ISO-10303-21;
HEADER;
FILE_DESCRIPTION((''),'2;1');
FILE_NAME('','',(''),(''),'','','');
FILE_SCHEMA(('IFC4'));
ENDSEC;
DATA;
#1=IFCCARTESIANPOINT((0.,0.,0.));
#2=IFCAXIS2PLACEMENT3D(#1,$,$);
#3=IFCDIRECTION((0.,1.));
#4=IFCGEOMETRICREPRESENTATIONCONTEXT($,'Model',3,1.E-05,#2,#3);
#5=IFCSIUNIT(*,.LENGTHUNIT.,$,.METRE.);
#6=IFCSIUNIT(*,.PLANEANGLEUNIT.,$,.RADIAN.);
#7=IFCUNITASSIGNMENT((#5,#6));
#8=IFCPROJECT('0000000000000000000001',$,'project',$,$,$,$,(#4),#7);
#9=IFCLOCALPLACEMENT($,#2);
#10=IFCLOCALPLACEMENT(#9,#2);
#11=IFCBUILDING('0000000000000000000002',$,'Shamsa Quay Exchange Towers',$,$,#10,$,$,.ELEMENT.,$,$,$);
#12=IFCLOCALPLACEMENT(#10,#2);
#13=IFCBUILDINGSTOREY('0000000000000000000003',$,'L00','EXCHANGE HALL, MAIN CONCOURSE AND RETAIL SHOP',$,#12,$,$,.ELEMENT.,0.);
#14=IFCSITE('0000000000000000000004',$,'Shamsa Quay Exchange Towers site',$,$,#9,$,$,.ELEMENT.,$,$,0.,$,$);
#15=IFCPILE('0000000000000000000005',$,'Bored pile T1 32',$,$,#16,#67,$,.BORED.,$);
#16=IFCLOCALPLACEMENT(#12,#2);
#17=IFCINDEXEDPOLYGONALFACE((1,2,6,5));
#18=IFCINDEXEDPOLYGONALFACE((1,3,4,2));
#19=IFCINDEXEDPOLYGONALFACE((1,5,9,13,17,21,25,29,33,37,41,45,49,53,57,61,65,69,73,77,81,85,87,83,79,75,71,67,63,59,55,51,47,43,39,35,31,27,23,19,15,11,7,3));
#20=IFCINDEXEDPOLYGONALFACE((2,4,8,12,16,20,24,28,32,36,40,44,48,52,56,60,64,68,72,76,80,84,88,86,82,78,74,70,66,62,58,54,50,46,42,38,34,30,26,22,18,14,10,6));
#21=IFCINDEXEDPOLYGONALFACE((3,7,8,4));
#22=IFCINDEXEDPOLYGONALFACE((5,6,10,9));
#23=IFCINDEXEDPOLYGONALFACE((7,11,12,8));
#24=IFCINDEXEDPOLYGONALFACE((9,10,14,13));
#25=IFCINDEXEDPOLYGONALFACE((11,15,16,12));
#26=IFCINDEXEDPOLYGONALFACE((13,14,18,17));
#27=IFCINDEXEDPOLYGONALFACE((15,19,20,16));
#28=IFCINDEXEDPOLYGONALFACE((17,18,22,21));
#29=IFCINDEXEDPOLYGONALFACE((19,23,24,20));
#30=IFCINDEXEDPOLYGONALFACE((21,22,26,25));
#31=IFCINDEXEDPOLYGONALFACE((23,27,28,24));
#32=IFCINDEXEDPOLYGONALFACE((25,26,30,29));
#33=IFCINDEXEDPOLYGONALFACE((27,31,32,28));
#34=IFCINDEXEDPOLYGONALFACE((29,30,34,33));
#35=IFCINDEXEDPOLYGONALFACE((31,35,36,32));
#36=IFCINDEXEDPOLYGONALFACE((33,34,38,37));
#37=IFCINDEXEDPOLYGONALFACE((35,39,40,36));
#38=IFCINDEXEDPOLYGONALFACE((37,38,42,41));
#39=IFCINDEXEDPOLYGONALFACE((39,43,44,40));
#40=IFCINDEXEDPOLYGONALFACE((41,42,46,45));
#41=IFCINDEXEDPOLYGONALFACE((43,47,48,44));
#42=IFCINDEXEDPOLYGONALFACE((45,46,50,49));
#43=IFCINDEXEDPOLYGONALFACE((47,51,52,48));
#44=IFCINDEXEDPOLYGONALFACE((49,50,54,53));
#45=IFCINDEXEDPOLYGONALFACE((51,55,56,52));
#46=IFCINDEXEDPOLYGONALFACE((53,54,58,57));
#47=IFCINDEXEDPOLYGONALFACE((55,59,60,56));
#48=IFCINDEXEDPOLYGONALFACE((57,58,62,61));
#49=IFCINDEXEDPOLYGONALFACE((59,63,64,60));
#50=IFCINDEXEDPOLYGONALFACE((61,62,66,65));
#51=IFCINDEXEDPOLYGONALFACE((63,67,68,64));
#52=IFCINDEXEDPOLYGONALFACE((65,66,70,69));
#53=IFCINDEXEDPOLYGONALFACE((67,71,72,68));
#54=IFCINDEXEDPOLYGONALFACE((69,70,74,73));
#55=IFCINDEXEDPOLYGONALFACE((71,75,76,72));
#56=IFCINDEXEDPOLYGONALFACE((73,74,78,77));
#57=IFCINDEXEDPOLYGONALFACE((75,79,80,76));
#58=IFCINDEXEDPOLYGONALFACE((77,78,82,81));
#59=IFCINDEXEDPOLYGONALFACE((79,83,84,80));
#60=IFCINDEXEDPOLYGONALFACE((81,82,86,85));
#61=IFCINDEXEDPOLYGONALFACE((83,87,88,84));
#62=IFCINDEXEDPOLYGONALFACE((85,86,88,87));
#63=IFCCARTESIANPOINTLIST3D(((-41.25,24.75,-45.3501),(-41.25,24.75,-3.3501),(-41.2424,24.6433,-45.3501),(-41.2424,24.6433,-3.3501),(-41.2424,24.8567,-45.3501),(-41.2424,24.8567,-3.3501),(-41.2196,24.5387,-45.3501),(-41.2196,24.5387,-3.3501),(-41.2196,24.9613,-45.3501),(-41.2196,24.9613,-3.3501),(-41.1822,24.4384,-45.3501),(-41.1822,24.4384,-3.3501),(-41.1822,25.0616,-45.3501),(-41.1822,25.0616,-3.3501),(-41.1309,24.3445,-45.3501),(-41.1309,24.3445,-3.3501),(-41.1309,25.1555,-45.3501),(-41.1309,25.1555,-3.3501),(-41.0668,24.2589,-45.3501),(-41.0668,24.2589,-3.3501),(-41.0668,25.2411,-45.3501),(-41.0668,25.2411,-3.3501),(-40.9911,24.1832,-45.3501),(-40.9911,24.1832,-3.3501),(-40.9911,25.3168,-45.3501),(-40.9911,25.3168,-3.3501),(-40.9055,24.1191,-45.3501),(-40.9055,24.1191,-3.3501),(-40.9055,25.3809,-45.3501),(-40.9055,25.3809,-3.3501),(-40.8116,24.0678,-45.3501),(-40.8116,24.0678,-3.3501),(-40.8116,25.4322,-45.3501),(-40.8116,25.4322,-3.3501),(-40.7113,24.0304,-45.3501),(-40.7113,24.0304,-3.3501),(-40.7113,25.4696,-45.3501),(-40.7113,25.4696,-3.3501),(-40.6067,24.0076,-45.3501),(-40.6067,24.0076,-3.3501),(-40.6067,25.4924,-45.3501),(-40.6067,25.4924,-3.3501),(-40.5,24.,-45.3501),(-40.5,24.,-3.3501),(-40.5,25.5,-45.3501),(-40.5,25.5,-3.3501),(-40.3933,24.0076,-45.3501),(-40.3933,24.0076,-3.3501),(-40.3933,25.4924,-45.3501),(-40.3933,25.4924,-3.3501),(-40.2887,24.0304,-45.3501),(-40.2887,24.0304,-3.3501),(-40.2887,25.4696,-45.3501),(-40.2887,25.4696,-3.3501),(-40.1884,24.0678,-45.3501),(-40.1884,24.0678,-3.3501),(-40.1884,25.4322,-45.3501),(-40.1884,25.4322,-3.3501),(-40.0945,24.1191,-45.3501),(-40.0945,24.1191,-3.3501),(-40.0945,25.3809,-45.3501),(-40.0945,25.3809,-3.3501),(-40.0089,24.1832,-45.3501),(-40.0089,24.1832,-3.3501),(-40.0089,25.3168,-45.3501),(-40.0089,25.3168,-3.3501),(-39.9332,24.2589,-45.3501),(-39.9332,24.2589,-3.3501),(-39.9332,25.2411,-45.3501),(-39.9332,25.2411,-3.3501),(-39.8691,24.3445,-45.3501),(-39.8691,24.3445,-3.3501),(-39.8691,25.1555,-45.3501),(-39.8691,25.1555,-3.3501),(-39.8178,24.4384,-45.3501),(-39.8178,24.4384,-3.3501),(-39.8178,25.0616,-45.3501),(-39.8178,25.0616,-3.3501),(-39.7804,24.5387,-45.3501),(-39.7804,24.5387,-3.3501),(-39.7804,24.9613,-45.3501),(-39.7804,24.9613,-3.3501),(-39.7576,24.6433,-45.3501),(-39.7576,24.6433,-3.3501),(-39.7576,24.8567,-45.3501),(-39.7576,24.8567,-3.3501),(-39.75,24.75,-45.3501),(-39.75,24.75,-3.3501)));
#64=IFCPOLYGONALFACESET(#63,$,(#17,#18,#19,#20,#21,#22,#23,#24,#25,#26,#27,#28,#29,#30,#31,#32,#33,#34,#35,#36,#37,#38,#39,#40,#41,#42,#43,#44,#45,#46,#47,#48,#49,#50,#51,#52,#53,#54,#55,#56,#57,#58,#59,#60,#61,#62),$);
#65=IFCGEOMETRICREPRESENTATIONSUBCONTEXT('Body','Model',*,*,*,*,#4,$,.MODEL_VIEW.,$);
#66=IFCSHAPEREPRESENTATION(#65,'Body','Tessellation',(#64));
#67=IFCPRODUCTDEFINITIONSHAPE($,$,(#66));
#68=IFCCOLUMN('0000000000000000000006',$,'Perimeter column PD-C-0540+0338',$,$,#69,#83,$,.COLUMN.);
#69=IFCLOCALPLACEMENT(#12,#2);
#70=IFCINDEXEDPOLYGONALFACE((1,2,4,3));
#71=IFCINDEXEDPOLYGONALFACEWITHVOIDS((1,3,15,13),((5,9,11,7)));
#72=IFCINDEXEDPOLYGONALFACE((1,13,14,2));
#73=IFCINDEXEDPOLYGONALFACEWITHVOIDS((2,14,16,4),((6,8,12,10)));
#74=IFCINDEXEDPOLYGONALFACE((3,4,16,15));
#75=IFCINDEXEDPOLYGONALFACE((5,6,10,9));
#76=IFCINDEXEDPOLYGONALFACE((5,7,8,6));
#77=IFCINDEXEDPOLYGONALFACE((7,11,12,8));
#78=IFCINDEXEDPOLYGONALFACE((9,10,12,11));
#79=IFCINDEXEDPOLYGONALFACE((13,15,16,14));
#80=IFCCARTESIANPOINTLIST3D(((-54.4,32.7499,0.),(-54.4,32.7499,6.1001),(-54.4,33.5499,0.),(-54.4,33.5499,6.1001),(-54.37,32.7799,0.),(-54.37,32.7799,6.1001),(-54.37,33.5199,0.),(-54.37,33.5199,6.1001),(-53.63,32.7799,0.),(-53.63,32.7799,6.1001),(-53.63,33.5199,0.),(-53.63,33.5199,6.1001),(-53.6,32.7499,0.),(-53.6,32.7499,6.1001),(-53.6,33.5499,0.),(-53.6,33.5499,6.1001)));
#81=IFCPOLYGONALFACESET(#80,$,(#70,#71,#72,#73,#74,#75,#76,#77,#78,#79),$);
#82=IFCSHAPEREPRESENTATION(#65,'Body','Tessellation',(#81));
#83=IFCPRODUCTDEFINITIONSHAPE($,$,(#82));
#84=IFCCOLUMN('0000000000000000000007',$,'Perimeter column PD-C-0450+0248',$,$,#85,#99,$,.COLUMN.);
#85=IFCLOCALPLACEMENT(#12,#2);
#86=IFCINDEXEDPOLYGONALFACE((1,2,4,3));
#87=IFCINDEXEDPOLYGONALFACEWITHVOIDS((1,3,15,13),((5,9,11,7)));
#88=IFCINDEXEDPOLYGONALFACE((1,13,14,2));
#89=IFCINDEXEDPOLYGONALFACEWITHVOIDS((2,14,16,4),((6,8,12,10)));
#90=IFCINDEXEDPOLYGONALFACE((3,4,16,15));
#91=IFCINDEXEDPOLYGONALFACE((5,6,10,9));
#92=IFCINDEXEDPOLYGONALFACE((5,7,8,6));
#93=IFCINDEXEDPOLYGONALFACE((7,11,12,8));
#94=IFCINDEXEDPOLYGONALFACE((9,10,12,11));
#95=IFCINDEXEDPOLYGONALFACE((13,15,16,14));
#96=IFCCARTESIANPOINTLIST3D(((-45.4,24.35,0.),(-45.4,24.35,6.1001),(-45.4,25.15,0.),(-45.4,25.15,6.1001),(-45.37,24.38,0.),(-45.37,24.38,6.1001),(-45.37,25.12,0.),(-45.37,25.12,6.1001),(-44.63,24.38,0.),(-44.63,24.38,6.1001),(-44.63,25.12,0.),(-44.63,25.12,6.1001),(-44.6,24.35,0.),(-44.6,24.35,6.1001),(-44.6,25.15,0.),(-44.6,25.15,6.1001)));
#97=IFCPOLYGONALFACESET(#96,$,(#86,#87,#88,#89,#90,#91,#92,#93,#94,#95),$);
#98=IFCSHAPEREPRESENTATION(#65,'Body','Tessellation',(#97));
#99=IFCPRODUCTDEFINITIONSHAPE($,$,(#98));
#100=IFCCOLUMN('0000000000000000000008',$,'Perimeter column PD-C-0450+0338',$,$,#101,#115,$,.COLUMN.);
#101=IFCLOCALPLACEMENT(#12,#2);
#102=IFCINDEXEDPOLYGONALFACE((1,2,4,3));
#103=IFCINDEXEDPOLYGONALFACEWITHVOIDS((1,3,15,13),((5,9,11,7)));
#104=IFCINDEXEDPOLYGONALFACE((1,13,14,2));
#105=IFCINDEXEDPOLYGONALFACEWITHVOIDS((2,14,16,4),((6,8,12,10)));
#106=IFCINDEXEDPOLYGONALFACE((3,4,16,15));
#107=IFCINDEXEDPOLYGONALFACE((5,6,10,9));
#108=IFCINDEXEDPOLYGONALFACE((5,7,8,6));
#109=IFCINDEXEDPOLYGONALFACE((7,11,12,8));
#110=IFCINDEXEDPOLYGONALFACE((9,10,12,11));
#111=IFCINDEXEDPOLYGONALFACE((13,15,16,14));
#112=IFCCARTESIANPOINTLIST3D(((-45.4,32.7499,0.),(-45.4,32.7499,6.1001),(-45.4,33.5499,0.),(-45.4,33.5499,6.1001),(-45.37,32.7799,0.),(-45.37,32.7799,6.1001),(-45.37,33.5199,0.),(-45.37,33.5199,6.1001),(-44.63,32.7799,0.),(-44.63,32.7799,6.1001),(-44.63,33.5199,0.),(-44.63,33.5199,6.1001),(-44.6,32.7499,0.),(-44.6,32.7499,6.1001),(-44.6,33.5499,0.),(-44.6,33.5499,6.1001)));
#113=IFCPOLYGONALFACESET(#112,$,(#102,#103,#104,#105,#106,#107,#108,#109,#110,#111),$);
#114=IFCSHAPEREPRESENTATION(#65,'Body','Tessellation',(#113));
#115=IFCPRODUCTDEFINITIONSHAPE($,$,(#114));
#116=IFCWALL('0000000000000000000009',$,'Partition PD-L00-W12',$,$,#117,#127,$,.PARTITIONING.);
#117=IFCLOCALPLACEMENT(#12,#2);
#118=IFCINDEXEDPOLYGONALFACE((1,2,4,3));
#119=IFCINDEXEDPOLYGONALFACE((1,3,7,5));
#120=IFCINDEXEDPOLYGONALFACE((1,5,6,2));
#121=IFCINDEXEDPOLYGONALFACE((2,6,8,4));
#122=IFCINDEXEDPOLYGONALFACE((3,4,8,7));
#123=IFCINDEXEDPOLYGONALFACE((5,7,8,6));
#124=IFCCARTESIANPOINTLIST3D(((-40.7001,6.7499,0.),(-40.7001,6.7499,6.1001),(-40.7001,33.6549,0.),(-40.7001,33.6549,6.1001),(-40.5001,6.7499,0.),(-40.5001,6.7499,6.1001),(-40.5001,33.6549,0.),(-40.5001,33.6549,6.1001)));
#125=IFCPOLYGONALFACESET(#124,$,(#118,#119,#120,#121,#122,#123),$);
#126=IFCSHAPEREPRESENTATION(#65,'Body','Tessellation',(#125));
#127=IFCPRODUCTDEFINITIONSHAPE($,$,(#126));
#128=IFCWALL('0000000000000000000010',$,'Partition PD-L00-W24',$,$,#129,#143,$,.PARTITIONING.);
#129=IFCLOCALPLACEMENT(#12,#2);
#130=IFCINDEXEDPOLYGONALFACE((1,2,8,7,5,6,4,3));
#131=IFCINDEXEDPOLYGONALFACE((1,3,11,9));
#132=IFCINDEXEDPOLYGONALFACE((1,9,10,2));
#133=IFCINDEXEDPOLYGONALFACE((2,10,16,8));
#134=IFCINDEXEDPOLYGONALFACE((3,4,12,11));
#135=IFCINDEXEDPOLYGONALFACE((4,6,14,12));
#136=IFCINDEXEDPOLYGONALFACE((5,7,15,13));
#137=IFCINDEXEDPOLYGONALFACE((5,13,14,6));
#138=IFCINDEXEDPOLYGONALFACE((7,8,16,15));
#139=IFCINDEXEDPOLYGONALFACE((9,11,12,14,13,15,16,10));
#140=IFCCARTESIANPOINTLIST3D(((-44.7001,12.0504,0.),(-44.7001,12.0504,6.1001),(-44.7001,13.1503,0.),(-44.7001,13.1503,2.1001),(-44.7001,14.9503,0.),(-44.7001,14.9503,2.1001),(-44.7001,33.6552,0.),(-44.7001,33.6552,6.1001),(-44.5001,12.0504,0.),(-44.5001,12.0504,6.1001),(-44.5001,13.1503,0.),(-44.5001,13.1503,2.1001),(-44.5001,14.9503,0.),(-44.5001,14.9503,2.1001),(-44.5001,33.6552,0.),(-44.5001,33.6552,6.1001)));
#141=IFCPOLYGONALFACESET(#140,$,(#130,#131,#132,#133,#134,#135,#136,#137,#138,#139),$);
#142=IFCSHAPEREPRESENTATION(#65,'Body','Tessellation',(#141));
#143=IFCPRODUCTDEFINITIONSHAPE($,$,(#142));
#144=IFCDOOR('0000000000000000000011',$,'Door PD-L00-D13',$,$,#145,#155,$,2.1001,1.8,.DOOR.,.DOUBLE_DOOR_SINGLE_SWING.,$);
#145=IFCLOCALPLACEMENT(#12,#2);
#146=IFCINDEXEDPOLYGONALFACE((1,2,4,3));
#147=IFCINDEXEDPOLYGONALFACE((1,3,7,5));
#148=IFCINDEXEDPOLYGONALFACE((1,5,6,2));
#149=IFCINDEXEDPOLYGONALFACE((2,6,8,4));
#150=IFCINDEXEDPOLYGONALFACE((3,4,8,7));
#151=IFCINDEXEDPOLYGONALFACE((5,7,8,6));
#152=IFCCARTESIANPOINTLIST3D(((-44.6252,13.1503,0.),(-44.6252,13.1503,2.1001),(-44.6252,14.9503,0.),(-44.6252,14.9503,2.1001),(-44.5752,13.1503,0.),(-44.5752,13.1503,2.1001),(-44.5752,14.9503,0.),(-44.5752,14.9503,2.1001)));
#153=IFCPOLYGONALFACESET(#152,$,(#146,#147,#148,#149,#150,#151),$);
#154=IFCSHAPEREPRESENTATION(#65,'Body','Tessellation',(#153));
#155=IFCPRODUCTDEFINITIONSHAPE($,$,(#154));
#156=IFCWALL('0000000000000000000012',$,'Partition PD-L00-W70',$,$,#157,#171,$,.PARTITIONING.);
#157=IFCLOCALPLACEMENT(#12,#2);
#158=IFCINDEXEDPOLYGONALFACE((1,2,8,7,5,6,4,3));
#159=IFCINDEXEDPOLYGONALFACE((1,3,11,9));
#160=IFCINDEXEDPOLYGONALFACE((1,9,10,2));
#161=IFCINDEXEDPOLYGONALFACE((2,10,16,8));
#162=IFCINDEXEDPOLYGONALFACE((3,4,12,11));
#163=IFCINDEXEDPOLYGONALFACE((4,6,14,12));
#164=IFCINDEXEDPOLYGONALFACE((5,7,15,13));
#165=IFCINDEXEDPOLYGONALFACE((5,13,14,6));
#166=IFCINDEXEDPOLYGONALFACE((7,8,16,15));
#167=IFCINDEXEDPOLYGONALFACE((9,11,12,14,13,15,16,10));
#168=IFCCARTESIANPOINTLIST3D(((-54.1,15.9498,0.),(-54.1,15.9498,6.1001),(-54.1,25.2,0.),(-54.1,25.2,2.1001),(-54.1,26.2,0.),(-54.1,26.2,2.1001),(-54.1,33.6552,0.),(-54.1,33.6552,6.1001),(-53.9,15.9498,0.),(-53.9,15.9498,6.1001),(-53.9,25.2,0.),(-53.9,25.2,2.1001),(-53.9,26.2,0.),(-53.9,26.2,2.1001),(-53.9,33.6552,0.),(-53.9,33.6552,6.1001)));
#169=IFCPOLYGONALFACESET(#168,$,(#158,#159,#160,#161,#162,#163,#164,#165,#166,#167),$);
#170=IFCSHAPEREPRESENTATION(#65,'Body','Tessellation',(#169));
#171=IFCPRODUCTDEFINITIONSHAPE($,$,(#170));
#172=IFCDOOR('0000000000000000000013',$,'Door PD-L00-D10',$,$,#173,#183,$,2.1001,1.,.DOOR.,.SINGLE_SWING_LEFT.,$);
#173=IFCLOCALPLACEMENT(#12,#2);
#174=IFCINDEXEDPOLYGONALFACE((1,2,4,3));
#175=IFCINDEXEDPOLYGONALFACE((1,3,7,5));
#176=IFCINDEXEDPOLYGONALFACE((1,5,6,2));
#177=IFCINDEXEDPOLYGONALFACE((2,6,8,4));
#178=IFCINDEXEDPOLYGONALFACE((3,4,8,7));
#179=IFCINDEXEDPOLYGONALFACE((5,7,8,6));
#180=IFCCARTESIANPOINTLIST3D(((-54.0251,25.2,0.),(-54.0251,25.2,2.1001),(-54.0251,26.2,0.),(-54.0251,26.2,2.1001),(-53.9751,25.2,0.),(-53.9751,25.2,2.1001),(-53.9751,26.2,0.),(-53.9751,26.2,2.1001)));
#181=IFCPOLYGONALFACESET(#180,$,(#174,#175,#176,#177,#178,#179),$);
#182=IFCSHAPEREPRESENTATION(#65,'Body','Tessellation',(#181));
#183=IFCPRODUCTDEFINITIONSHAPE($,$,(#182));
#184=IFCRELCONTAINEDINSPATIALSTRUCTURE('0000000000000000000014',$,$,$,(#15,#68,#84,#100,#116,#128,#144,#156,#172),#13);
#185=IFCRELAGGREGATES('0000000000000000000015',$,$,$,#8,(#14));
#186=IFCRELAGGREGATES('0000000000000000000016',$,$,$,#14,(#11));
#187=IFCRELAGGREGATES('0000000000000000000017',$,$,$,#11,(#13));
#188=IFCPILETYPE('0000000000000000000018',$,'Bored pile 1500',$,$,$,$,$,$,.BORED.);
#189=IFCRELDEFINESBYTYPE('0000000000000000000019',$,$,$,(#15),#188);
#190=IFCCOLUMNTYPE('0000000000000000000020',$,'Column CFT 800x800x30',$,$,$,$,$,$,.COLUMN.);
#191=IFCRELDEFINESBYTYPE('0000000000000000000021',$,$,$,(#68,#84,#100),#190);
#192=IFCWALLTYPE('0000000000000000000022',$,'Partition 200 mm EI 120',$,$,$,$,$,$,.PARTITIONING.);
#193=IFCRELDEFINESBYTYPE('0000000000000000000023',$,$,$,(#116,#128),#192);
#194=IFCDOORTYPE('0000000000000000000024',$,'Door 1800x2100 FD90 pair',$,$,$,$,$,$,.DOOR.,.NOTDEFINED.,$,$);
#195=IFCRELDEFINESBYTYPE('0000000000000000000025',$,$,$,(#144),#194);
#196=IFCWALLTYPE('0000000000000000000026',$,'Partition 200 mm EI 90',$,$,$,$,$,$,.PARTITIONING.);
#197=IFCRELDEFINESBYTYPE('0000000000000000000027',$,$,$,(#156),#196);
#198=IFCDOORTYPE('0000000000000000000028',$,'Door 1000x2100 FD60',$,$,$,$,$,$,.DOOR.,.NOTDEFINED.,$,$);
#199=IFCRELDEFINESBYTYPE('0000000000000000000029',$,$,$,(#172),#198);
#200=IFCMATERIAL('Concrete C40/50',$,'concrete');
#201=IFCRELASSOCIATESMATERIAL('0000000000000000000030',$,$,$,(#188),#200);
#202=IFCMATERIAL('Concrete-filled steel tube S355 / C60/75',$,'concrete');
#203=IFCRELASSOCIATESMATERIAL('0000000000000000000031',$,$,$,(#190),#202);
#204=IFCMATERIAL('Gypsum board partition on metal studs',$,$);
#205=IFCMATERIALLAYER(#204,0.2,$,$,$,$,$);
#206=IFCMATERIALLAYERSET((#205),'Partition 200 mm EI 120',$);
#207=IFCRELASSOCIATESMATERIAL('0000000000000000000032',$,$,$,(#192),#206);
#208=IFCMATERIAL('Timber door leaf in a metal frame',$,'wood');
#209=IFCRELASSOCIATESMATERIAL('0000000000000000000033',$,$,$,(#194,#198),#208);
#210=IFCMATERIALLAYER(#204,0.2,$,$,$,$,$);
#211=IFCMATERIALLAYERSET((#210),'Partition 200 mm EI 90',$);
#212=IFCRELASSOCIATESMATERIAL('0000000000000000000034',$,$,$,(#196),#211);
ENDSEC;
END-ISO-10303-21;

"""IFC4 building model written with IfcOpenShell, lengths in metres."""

from ifc_helpers import new_model, si_unit, direction, frame, frame_2d, origin, origin_2d, place, context, subcontext, project, spatial, rectangle, hollow_rectangle, circle, extrude, material, layer, layer_set, material_profile, profile_set, type_object, element, fill, save


model = new_model("IFC4")

# Units and contexts
model_context = context("Model", 3, precision=1e-05, world=origin(), true_north=direction((0.0, 1.0)))
body_context = subcontext(model_context, "Body", "Model", "MODEL_VIEW")
ifc_project = project(units=[si_unit("LENGTHUNIT", "METRE"), si_unit("PLANEANGLEUNIT", "RADIAN")], contexts=[model_context])

# Site, building, storey
site_placement = place(None, origin())
site = spatial("IfcSite", under=ifc_project, at=site_placement, Name="Shamsa Quay Exchange Towers site", CompositionType="ELEMENT", RefElevation=0.0)
building_placement = place(site_placement, origin())
building = spatial("IfcBuilding", under=site, at=building_placement, Name="Shamsa Quay Exchange Towers", CompositionType="ELEMENT")
storey_placement = place(building_placement, origin())
storey = spatial("IfcBuildingStorey", under=building, at=storey_placement, Name="L00", Description="EXCHANGE HALL, MAIN CONCOURSE AND RETAIL SHOP", CompositionType="ELEMENT", Elevation=0.0)

# Pile
ifc_material_1 = material(Name="Concrete C40/50", Category="concrete")
ifc_material_profile_1 = material_profile(ifc_material_1, circle(Radius=0.75, at=origin_2d()), Name="BP1500")
ifc_profile_set_1 = profile_set([ifc_material_profile_1], Name="Concrete C40/50")
pile_type_1 = type_object("IfcPileType", Name="Bored pile 1500", PredefinedType="BORED", material=ifc_profile_set_1)
for number, where, z_axis, x_axis, name in (
    (1, (-40.5, 24.75, -3.3501), (0.0, 0.0, -1.0), (1.0, 0.0, 0.0), "Bored pile T1 32"),
):
    element("IfcPile", number, at=place(storey_placement, frame(where, z_axis=z_axis, x_axis=x_axis)), inside=storey, type_object=pile_type_1, Name=name, PredefinedType="BORED", context=body_context, shape_type="SweptSolid", body=[
        extrude(circle(Radius=0.75, at=origin_2d()), origin(), (0.0, 0.0, 1.0), 42.0),
    ])

# Columns
ifc_material_2 = material(Name="Concrete-filled steel tube S355 / C60/75", Category="concrete")
ifc_material_profile_2 = material_profile(ifc_material_2, hollow_rectangle(XDim=0.8, YDim=0.8, WallThickness=0.03, at=origin_2d()), Name="CFT 800x800x30")
ifc_profile_set_2 = profile_set([ifc_material_profile_2], Name="Concrete-filled steel tube S355 / C60/75")
column_type = type_object("IfcColumnType", Name="Column CFT 800x800x30", PredefinedType="COLUMN", material=ifc_profile_set_2)
for number, where, name in (
    (2, (-54.0, 33.1499, 0.0), "Perimeter column PD-C-0540+0338"),
    (3, (-45.0, 24.75, 0.0), "Perimeter column PD-C-0450+0248"),
    (4, (-45.0, 33.1499, 0.0), "Perimeter column PD-C-0450+0338"),
):
    element("IfcColumn", number, at=place(storey_placement, frame(where)), inside=storey, type_object=column_type, Name=name, PredefinedType="COLUMN", context=body_context, shape_type="SweptSolid", body=[
        extrude(hollow_rectangle(XDim=0.8, YDim=0.8, WallThickness=0.03, at=origin_2d()), origin(), (0.0, 0.0, 1.0), 6.1001),
    ])

# Wall
ifc_material_3 = material(Name="Gypsum board partition on metal studs")
ifc_layer_1 = layer(ifc_material_3, 0.2)
ifc_layer_set_1 = layer_set([ifc_layer_1], Name="Partition 200 mm EI 120")
wall_type_1 = type_object("IfcWallType", Name="Partition 200 mm EI 120", PredefinedType="PARTITIONING", material=ifc_layer_set_1)
wall_1_placement = place(storey_placement, frame((-40.6001, 33.655, 0.0), z_axis=(0.0, 0.0, 1.0), x_axis=(0.0, -1.0, 0.0)))
element("IfcWall", 5, at=wall_1_placement, inside=storey, type_object=wall_type_1, Name="Partition PD-L00-W12", PredefinedType="PARTITIONING", context=body_context, shape_type="SweptSolid", body=[
    extrude(rectangle(XDim=26.905, YDim=0.2, at=frame_2d((13.4526, 0.0))), origin(), (0.0, 0.0, 1.0), 6.1001),
])

# Walls, openings, doors
wall_2_placement = place(storey_placement, frame((-44.6001, 33.655, 0.0), z_axis=(0.0, 0.0, 1.0), x_axis=(0.0, -1.0, 0.0)))
wall_2 = element("IfcWall", 6, at=wall_2_placement, inside=storey, type_object=wall_type_1, Name="Partition PD-L00-W24", PredefinedType="PARTITIONING", context=body_context, shape_type="SweptSolid", body=[
    extrude(rectangle(XDim=21.6047, YDim=0.2, at=frame_2d((10.8022, 0.0))), origin(), (0.0, 0.0, 1.0), 6.1001),
])
opening_1_placement = place(wall_2_placement, frame((18.7048, 0.0, 0.0)))
opening_1 = element("IfcOpeningElement", 7, at=opening_1_placement, cuts=wall_2, PredefinedType="OPENING", context=body_context, shape_type="SweptSolid", body=[
    extrude(rectangle(XDim=1.8, YDim=2.1001, at=frame_2d((0.8999, 1.05))), frame((0.0, 0.1099, 0.0), z_axis=(0.0, -1.0, 0.0), x_axis=(1.0, 0.0, 0.0)), (0.0, 0.0, 1.0), 0.22),
])
ifc_material_4 = material(Name="Timber door leaf in a metal frame", Category="wood")
door_type_1 = type_object("IfcDoorType", Name="Door 1800x2100 FD90 pair", OperationType="NOTDEFINED", PredefinedType="DOOR", material=ifc_material_4)
door_1_placement = place(opening_1_placement, origin())
door_1 = element("IfcDoor", 8, at=door_1_placement, inside=storey, type_object=door_type_1, Name="Door PD-L00-D13", OperationType="DOUBLE_DOOR_SINGLE_SWING", OverallHeight=2.1001, OverallWidth=1.8, PredefinedType="DOOR", context=body_context, shape_type="SweptSolid", body=[
    extrude(rectangle(XDim=1.8, YDim=2.1001, at=frame_2d((0.8999, 1.05))), frame((0.0, 0.0249, 0.0), z_axis=(0.0, -1.0, 0.0), x_axis=(1.0, 0.0, 0.0)), (0.0, 0.0, 1.0), 0.05),
])
fill(opening_1, door_1)
ifc_layer_2 = layer(ifc_material_3, 0.2)
ifc_layer_set_2 = layer_set([ifc_layer_2], Name="Partition 200 mm EI 90")
wall_type_2 = type_object("IfcWallType", Name="Partition 200 mm EI 90", PredefinedType="PARTITIONING", material=ifc_layer_set_2)
wall_3_placement = place(storey_placement, frame((-54.0, 33.655, 0.0), z_axis=(0.0, 0.0, 1.0), x_axis=(0.0, -1.0, 0.0)))
wall_3 = element("IfcWall", 9, at=wall_3_placement, inside=storey, type_object=wall_type_2, Name="Partition PD-L00-W70", PredefinedType="PARTITIONING", context=body_context, shape_type="SweptSolid", body=[
    extrude(rectangle(XDim=17.7053, YDim=0.2, at=frame_2d((8.8525, 0.0))), origin(), (0.0, 0.0, 1.0), 6.1001),
])
opening_2_placement = place(wall_3_placement, frame((7.4551, 0.0, 0.0)))
opening_2 = element("IfcOpeningElement", 10, at=opening_2_placement, cuts=wall_3, PredefinedType="OPENING", context=body_context, shape_type="SweptSolid", body=[
    extrude(rectangle(XDim=1.0, YDim=2.1001, at=frame_2d((0.5, 1.05))), frame((0.0, 0.1099, 0.0), z_axis=(0.0, -1.0, 0.0), x_axis=(1.0, 0.0, 0.0)), (0.0, 0.0, 1.0), 0.22),
])
door_type_2 = type_object("IfcDoorType", Name="Door 1000x2100 FD60", OperationType="NOTDEFINED", PredefinedType="DOOR", material=ifc_material_4)
door_2_placement = place(opening_2_placement, origin())
door_2 = element("IfcDoor", 11, at=door_2_placement, inside=storey, type_object=door_type_2, Name="Door PD-L00-D10", OperationType="SINGLE_SWING_LEFT", OverallHeight=2.1001, OverallWidth=1.0, PredefinedType="DOOR", context=body_context, shape_type="SweptSolid", body=[
    extrude(rectangle(XDim=1.0, YDim=2.1001, at=frame_2d((0.5, 1.05))), frame((0.0, 0.0249, 0.0), z_axis=(0.0, -1.0, 0.0), x_axis=(1.0, 0.0, 0.0)), (0.0, 0.0, 1.0), 0.05),
])
fill(opening_2, door_2)

save(model, "model.ifc")
